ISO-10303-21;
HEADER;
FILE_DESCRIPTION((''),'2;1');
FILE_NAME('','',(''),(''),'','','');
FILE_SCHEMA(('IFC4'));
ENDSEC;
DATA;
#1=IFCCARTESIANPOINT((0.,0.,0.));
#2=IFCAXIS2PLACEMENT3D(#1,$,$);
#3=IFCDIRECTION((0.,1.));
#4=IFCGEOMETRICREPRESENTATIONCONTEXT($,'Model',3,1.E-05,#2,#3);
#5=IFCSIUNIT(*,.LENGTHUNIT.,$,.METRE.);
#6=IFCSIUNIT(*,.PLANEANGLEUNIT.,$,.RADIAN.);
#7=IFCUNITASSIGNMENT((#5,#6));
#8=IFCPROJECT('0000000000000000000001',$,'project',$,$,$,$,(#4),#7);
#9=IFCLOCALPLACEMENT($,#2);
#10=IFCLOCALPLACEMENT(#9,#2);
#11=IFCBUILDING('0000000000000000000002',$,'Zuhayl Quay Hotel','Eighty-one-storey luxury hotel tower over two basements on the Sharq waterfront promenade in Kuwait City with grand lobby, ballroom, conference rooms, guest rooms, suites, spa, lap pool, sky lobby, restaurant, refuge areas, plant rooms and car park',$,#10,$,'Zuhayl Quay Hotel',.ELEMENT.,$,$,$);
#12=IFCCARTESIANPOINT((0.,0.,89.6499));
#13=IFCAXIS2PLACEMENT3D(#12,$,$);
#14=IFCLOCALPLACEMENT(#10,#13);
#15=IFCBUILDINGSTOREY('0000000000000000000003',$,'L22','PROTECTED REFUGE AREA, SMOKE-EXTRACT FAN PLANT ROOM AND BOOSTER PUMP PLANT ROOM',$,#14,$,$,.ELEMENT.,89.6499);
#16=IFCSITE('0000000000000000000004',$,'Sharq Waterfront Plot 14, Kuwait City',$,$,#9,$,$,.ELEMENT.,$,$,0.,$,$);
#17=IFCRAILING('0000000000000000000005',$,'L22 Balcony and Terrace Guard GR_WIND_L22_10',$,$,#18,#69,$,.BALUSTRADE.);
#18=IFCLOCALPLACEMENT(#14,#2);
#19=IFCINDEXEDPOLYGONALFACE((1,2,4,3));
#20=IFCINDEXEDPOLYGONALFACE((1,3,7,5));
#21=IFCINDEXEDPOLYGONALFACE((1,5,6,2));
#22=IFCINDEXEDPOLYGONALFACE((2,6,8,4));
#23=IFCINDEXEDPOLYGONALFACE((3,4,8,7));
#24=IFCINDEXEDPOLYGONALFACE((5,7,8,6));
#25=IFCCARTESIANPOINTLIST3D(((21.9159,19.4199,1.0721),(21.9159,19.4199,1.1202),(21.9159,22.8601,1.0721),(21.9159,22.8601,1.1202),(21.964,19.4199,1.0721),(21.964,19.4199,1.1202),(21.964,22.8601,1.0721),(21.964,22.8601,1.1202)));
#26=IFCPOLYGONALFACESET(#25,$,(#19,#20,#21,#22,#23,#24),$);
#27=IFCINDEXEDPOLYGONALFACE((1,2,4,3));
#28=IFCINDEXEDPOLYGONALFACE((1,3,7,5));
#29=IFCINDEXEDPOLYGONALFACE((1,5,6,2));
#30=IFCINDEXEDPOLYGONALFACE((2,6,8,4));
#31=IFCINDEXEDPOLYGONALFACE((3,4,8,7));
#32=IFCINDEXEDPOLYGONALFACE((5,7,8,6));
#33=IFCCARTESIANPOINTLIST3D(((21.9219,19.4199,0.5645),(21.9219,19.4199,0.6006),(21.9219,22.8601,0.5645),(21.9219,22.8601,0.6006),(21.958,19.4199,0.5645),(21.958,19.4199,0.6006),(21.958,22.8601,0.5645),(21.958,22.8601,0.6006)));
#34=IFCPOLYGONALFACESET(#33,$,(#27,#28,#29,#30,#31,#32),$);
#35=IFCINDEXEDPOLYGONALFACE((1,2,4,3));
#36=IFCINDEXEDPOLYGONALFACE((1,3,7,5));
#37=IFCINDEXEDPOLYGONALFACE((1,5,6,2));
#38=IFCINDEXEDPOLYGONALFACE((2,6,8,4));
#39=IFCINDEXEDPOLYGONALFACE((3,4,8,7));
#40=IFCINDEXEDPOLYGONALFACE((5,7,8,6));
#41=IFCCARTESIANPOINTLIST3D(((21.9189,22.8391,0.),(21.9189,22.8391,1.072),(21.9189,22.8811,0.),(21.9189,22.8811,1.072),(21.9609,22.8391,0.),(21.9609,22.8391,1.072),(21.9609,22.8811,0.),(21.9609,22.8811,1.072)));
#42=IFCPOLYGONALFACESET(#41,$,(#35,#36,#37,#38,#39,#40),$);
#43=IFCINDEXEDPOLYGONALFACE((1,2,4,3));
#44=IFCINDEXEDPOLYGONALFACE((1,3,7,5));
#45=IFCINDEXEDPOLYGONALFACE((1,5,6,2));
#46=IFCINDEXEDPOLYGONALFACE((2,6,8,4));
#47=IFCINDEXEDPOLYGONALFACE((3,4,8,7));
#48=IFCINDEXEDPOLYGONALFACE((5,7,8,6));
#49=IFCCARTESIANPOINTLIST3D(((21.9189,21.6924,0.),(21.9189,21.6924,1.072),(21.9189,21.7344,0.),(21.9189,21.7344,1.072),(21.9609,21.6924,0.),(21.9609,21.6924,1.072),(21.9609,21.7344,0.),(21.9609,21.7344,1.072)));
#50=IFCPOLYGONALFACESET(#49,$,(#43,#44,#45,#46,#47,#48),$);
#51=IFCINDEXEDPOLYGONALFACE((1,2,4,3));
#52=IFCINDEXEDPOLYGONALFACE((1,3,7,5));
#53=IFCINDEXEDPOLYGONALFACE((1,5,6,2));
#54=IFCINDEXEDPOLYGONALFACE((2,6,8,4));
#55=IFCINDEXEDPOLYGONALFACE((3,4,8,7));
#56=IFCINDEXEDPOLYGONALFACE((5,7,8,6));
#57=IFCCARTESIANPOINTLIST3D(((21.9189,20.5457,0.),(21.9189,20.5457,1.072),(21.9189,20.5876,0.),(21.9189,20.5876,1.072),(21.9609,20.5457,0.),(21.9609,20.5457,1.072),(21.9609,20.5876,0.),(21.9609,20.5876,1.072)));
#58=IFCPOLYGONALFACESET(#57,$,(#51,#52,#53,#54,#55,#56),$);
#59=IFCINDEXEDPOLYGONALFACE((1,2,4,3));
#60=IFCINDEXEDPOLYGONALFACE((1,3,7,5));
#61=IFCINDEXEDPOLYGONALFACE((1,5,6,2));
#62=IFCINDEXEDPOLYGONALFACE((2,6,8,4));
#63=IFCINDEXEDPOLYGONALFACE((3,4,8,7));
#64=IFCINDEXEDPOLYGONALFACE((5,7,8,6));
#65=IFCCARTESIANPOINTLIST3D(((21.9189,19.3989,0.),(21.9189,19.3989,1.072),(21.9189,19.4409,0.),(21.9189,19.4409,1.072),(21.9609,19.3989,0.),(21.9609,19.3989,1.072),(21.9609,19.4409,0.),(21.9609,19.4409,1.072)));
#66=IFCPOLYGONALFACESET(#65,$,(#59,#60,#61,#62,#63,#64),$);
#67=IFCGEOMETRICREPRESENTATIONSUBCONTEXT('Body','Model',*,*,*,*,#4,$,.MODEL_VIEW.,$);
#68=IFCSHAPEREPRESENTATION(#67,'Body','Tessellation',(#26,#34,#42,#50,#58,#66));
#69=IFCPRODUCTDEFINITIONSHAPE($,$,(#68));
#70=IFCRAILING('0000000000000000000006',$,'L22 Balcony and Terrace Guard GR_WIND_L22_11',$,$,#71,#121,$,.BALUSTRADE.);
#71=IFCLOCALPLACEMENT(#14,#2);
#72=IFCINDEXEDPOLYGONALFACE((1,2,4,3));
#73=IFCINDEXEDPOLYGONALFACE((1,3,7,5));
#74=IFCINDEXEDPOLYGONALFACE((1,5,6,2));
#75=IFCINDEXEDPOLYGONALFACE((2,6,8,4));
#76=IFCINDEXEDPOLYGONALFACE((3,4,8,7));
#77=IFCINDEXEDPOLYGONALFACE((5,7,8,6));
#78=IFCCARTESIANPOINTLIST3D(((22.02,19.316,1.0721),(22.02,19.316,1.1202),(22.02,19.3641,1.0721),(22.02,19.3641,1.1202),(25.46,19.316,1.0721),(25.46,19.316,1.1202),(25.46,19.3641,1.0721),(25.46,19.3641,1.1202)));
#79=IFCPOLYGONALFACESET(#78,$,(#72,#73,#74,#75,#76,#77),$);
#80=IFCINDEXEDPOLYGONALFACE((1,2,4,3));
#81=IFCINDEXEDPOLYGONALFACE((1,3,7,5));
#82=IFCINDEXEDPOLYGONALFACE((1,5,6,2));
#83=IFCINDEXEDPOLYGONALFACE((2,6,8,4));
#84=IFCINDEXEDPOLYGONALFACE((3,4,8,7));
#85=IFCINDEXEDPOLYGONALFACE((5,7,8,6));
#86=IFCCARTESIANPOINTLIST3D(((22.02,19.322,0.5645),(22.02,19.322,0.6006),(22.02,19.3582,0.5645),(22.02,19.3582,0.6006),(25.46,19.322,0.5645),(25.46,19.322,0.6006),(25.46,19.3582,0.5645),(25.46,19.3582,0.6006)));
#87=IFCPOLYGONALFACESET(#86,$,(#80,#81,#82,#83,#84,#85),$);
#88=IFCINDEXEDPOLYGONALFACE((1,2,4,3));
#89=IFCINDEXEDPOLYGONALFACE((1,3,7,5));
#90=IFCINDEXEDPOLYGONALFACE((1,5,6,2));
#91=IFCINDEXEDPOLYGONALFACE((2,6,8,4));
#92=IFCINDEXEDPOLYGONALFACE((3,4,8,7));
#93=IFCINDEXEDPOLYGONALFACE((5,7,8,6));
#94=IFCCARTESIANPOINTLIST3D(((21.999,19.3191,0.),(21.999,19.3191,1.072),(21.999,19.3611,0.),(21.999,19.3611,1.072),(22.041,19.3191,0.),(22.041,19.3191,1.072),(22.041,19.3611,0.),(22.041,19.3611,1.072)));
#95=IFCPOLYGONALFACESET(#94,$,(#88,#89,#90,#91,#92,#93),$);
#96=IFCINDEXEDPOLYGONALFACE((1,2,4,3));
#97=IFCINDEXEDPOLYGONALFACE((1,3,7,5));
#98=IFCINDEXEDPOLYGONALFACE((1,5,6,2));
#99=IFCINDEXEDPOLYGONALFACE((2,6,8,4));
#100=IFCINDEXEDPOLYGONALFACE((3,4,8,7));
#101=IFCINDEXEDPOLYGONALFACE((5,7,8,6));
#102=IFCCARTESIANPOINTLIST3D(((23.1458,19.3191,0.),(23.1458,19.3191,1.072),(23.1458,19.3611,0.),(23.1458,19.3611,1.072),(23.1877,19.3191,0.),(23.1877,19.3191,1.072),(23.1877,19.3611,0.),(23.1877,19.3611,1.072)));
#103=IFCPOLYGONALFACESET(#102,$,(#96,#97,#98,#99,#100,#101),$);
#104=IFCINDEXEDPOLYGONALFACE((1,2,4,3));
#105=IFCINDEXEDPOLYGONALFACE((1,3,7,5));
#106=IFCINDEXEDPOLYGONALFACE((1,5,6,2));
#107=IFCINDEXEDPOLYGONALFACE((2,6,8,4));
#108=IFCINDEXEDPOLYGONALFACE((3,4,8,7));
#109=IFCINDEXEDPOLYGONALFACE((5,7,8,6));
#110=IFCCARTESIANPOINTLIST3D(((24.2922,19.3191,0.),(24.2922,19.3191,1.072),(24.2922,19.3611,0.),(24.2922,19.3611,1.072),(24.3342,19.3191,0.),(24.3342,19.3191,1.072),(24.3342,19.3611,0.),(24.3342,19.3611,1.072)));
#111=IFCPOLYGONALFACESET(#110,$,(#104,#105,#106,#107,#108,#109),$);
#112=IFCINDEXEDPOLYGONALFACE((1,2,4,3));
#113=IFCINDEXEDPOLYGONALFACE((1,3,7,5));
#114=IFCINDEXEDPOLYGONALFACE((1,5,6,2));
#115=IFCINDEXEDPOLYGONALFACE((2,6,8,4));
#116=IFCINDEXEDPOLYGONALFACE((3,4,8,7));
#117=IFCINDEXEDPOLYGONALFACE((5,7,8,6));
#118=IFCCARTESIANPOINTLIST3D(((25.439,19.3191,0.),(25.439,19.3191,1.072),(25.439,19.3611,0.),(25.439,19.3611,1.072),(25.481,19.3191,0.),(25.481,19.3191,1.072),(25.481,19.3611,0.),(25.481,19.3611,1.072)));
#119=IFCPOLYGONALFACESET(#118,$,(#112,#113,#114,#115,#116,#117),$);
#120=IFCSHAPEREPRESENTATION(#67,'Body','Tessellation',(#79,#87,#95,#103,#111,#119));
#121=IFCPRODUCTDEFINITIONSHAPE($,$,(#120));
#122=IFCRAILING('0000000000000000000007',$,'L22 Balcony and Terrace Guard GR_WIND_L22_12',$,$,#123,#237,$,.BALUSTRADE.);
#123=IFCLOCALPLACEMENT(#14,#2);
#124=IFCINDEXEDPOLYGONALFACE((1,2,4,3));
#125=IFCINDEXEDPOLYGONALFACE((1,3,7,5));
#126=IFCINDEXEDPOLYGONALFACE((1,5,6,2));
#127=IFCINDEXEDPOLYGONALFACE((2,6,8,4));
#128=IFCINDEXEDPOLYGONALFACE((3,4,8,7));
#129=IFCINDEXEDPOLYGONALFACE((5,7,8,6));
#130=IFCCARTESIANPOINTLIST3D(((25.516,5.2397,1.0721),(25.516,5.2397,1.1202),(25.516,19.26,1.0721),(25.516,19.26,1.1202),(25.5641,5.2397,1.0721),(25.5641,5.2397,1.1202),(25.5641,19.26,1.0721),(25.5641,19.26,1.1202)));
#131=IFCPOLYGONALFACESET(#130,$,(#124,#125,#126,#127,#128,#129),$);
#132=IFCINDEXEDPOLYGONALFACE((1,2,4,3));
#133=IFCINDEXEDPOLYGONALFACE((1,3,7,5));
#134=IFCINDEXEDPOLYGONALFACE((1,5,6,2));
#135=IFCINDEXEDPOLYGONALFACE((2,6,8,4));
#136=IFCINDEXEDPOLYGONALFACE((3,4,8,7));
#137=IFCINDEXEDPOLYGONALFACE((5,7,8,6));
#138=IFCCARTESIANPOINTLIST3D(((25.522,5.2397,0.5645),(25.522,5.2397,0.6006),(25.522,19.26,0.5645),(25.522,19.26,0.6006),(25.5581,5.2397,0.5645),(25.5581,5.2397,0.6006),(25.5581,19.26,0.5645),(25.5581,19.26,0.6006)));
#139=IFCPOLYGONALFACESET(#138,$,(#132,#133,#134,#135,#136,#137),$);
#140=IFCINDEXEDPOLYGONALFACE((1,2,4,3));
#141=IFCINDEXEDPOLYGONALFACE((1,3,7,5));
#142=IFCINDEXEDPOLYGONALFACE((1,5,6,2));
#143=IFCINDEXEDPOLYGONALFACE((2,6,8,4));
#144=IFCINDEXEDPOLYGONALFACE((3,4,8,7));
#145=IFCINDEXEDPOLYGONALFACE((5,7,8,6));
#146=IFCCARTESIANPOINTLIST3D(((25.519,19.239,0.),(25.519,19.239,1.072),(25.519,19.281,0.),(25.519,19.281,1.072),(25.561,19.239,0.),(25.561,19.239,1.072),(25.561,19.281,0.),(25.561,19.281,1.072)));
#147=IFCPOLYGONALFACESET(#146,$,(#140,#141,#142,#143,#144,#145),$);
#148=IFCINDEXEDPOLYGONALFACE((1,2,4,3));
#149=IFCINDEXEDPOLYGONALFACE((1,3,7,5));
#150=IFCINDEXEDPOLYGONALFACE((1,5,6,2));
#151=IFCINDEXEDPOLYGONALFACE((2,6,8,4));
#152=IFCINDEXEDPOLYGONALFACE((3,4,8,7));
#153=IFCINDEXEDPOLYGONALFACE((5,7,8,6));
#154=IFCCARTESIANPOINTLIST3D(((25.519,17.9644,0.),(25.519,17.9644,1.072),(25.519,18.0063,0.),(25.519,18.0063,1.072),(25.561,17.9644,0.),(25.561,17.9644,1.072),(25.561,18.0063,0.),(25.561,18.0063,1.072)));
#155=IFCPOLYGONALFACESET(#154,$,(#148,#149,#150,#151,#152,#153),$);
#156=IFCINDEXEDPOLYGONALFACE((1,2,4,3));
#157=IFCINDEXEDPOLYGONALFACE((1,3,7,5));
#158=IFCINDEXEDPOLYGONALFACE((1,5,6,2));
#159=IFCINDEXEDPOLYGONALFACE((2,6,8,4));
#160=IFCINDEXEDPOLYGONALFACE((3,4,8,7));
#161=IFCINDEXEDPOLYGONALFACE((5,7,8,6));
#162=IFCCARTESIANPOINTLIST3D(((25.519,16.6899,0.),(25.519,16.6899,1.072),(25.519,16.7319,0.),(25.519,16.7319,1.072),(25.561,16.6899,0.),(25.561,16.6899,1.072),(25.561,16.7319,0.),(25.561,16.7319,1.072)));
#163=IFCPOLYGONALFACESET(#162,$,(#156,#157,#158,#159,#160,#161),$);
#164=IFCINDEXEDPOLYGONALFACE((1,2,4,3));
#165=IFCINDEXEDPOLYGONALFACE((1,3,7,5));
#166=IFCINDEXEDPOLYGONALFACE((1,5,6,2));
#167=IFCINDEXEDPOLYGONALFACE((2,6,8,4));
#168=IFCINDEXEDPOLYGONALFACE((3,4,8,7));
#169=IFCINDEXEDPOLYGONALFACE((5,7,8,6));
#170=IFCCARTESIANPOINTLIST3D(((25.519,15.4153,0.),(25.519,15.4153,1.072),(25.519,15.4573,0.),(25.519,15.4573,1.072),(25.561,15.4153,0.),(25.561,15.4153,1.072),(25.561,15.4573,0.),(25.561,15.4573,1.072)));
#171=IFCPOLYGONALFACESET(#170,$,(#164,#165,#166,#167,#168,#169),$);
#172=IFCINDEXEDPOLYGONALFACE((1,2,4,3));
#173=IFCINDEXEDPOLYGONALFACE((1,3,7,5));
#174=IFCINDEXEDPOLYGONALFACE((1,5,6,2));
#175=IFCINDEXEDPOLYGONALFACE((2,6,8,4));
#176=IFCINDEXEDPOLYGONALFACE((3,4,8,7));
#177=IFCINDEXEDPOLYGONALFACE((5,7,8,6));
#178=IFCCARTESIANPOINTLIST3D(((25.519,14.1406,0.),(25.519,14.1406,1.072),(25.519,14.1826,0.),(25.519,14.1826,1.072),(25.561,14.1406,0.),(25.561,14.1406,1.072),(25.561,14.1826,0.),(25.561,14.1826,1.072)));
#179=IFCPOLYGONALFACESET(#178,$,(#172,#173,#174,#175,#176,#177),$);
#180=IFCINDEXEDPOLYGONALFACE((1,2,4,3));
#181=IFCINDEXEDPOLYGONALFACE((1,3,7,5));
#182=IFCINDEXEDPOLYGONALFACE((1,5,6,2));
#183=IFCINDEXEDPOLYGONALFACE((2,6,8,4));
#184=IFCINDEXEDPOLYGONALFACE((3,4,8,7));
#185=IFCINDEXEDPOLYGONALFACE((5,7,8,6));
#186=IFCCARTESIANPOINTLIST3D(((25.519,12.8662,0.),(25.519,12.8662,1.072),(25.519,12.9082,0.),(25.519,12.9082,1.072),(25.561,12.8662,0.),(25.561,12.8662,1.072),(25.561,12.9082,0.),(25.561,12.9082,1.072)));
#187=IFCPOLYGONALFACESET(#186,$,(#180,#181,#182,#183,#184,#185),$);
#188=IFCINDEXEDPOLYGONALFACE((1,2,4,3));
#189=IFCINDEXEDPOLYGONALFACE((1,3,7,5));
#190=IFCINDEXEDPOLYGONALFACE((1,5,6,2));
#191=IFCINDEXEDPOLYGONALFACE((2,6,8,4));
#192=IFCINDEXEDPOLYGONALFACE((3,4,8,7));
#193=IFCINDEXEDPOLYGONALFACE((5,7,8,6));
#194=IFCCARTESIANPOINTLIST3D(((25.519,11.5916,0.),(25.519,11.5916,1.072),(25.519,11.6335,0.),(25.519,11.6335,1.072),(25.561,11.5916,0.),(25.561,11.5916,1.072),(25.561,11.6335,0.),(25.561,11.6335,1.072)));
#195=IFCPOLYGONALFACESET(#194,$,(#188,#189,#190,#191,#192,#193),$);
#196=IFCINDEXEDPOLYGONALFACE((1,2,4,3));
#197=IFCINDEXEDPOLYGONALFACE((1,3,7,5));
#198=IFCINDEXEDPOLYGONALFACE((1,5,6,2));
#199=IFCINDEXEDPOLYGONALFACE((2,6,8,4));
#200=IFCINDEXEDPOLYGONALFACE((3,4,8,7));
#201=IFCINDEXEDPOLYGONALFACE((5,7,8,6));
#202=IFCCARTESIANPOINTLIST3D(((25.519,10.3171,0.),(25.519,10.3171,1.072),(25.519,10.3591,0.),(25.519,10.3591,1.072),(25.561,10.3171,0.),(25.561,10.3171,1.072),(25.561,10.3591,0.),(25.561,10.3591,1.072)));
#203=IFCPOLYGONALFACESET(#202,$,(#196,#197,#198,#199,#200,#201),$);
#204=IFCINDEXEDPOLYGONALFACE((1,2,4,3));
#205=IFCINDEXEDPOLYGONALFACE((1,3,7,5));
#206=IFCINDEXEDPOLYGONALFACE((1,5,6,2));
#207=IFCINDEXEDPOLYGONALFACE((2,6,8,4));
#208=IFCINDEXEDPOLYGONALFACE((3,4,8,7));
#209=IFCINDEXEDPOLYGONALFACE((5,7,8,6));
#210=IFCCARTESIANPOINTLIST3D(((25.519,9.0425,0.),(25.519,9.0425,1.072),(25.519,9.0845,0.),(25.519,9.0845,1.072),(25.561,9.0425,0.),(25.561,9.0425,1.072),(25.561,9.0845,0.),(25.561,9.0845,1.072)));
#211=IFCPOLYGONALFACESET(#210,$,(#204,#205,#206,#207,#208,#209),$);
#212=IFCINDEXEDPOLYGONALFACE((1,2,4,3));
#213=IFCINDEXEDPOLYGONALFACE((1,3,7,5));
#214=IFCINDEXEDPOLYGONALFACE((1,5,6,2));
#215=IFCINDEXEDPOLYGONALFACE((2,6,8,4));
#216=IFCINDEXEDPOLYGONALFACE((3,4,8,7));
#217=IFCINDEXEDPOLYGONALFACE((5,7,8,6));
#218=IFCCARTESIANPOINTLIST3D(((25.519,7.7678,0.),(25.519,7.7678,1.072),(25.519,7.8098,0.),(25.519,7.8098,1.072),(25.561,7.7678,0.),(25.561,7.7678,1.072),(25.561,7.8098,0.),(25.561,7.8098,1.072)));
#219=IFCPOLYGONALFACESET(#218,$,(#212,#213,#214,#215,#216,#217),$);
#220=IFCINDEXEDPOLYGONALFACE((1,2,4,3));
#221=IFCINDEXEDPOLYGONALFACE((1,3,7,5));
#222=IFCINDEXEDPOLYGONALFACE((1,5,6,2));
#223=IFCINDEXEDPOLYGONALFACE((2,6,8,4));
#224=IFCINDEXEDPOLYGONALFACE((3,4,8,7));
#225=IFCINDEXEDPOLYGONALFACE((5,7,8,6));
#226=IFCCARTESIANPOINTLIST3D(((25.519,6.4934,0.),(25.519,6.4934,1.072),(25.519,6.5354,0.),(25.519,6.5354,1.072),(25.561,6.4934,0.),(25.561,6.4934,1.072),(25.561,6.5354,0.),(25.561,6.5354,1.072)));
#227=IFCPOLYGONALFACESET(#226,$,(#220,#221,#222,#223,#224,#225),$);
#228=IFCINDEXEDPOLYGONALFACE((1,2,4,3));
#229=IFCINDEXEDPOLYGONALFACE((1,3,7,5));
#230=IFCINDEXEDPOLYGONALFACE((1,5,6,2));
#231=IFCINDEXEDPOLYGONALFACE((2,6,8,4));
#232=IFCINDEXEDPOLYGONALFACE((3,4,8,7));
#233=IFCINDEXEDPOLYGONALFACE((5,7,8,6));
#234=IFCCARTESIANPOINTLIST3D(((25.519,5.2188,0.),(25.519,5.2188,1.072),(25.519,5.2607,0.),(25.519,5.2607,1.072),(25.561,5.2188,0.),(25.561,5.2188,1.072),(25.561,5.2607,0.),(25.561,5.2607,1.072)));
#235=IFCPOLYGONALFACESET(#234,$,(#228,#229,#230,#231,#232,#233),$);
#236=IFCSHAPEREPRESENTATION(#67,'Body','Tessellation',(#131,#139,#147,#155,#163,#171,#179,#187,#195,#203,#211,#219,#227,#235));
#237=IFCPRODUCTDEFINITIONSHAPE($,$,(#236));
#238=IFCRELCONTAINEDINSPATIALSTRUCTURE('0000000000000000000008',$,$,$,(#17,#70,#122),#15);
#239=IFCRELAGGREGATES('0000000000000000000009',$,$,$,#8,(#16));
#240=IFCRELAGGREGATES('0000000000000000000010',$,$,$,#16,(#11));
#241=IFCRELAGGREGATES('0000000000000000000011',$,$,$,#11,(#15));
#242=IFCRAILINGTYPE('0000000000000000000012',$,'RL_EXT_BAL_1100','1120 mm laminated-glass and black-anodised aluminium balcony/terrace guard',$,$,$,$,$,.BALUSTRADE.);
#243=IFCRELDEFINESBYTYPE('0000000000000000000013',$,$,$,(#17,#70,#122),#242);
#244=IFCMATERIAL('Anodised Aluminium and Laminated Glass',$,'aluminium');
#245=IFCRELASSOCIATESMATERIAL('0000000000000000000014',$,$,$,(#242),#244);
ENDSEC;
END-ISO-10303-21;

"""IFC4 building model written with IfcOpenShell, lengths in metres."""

from ifc_helpers import new_model, si_unit, direction, frame, origin, origin_2d, place, context, subcontext, project, spatial, rectangle, extrude, material, type_object, element, save


model = new_model("IFC4")

# Units and contexts
model_context = context("Model", 3, precision=1e-05, world=origin(), true_north=direction((0.0, 1.0)))
body_context = subcontext(model_context, "Body", "Model", "MODEL_VIEW")
ifc_project = project(units=[si_unit("LENGTHUNIT", "METRE"), si_unit("PLANEANGLEUNIT", "RADIAN")], contexts=[model_context])

# Site, building, storey
site_placement = place(None, origin())
site = spatial("IfcSite", under=ifc_project, at=site_placement, Name="Sharq Waterfront Plot 14, Kuwait City", CompositionType="ELEMENT", RefElevation=0.0)
building_placement = place(site_placement, origin())
building = spatial("IfcBuilding", under=site, at=building_placement, Name="Zuhayl Quay Hotel", Description="Eighty-one-storey luxury hotel tower over two basements on the Sharq waterfront promenade in Kuwait City with grand lobby, ballroom, conference rooms, guest rooms, suites, spa, lap pool, sky lobby, restaurant, refuge areas, plant rooms and car park", LongName="Zuhayl Quay Hotel", CompositionType="ELEMENT")
storey_placement = place(building_placement, frame((0.0, 0.0, 89.6499)))
storey = spatial("IfcBuildingStorey", under=building, at=storey_placement, Name="L22", Description="PROTECTED REFUGE AREA, SMOKE-EXTRACT FAN PLANT ROOM AND BOOSTER PUMP PLANT ROOM", CompositionType="ELEMENT", Elevation=89.6499)

# Railings
ifc_material_1 = material(Name="Anodised Aluminium and Laminated Glass", Category="aluminium")
railing_type = type_object("IfcRailingType", Name="RL_EXT_BAL_1100", Description="1120 mm laminated-glass and black-anodised aluminium balcony/terrace guard", PredefinedType="BALUSTRADE", material=ifc_material_1)
railing_1_placement = place(storey_placement, frame((21.9399, 22.8601, 0.0)))
element("IfcRailing", 1, at=railing_1_placement, inside=storey, type_object=railing_type, Name="L22 Balcony and Terrace Guard GR_WIND_L22_10", PredefinedType="BALUSTRADE", context=body_context, shape_type="SweptSolid", body=[
    extrude(rectangle(XDim=0.0481, YDim=0.0481, at=origin_2d()), frame((0.0, 0.0, 1.0962), z_axis=(0.0, -1.0, 0.0), x_axis=(1.0, 0.0, 0.0)), (0.0, 0.0, 1.0), 3.4402),
    extrude(rectangle(XDim=0.0361, YDim=0.0361, at=origin_2d()), frame((0.0, 0.0, 0.5825), z_axis=(0.0, -1.0, 0.0), x_axis=(1.0, 0.0, 0.0)), (0.0, 0.0, 1.0), 3.4402),
    extrude(rectangle(XDim=0.042, YDim=0.042, at=origin_2d()), origin(), (0.0, 0.0, 1.0), 1.072),
    extrude(rectangle(XDim=0.042, YDim=0.042, at=origin_2d()), frame((0.0, -1.1467, 0.0)), (0.0, 0.0, 1.0), 1.072),
    extrude(rectangle(XDim=0.042, YDim=0.042, at=origin_2d()), frame((0.0, -2.2935, 0.0)), (0.0, 0.0, 1.0), 1.072),
    extrude(rectangle(XDim=0.042, YDim=0.042, at=origin_2d()), frame((0.0, -3.4402, 0.0)), (0.0, 0.0, 1.0), 1.072),
])
railing_2_placement = place(storey_placement, frame((22.02, 19.3401, 0.0)))
element("IfcRailing", 2, at=railing_2_placement, inside=storey, type_object=railing_type, Name="L22 Balcony and Terrace Guard GR_WIND_L22_11", PredefinedType="BALUSTRADE", context=body_context, shape_type="SweptSolid", body=[
    extrude(rectangle(XDim=0.0481, YDim=0.0481, at=origin_2d()), frame((0.0, 0.0, 1.0962), z_axis=(1.0, 0.0, 0.0), x_axis=(0.0, 1.0, 0.0)), (0.0, 0.0, 1.0), 3.4399),
    extrude(rectangle(XDim=0.0361, YDim=0.0361, at=origin_2d()), frame((0.0, 0.0, 0.5825), z_axis=(1.0, 0.0, 0.0), x_axis=(0.0, 1.0, 0.0)), (0.0, 0.0, 1.0), 3.4399),
    extrude(rectangle(XDim=0.042, YDim=0.042, at=origin_2d()), origin(), (0.0, 0.0, 1.0), 1.072),
    extrude(rectangle(XDim=0.042, YDim=0.042, at=origin_2d()), frame((1.1467, 0.0, 0.0)), (0.0, 0.0, 1.0), 1.072),
    extrude(rectangle(XDim=0.042, YDim=0.042, at=origin_2d()), frame((2.2932, 0.0, 0.0)), (0.0, 0.0, 1.0), 1.072),
    extrude(rectangle(XDim=0.042, YDim=0.042, at=origin_2d()), frame((3.4399, 0.0, 0.0)), (0.0, 0.0, 1.0), 1.072),
])
railing_3_placement = place(storey_placement, frame((25.54, 19.26, 0.0)))
element("IfcRailing", 3, at=railing_3_placement, inside=storey, type_object=railing_type, Name="L22 Balcony and Terrace Guard GR_WIND_L22_12", PredefinedType="BALUSTRADE", context=body_context, shape_type="SweptSolid", body=[
    extrude(rectangle(XDim=0.0481, YDim=0.0481, at=origin_2d()), frame((0.0, 0.0, 1.0962), z_axis=(0.0, -1.0, 0.0), x_axis=(1.0, 0.0, 0.0)), (0.0, 0.0, 1.0), 14.0203),
    extrude(rectangle(XDim=0.0361, YDim=0.0361, at=origin_2d()), frame((0.0, 0.0, 0.5825), z_axis=(0.0, -1.0, 0.0), x_axis=(1.0, 0.0, 0.0)), (0.0, 0.0, 1.0), 14.0203),
    extrude(rectangle(XDim=0.042, YDim=0.042, at=origin_2d()), origin(), (0.0, 0.0, 1.0), 1.072),
    extrude(rectangle(XDim=0.042, YDim=0.042, at=origin_2d()), frame((0.0, -1.2747, 0.0)), (0.0, 0.0, 1.0), 1.072),
    extrude(rectangle(XDim=0.042, YDim=0.042, at=origin_2d()), frame((0.0, -2.5491, 0.0)), (0.0, 0.0, 1.0), 1.072),
    extrude(rectangle(XDim=0.042, YDim=0.042, at=origin_2d()), frame((0.0, -3.8237, 0.0)), (0.0, 0.0, 1.0), 1.072),
    extrude(rectangle(XDim=0.042, YDim=0.042, at=origin_2d()), frame((0.0, -5.0984, 0.0)), (0.0, 0.0, 1.0), 1.072),
    extrude(rectangle(XDim=0.042, YDim=0.042, at=origin_2d()), frame((0.0, -6.3728, 0.0)), (0.0, 0.0, 1.0), 1.072),
    extrude(rectangle(XDim=0.042, YDim=0.042, at=origin_2d()), frame((0.0, -7.6475, 0.0)), (0.0, 0.0, 1.0), 1.072),
    extrude(rectangle(XDim=0.042, YDim=0.042, at=origin_2d()), frame((0.0, -8.9219, 0.0)), (0.0, 0.0, 1.0), 1.072),
    extrude(rectangle(XDim=0.042, YDim=0.042, at=origin_2d()), frame((0.0, -10.1965, 0.0)), (0.0, 0.0, 1.0), 1.072),
    extrude(rectangle(XDim=0.042, YDim=0.042, at=origin_2d()), frame((0.0, -11.4712, 0.0)), (0.0, 0.0, 1.0), 1.072),
    extrude(rectangle(XDim=0.042, YDim=0.042, at=origin_2d()), frame((0.0, -12.7456, 0.0)), (0.0, 0.0, 1.0), 1.072),
    extrude(rectangle(XDim=0.042, YDim=0.042, at=origin_2d()), frame((0.0, -14.0203, 0.0)), (0.0, 0.0, 1.0), 1.072),
])

save(model, "model.ifc")
